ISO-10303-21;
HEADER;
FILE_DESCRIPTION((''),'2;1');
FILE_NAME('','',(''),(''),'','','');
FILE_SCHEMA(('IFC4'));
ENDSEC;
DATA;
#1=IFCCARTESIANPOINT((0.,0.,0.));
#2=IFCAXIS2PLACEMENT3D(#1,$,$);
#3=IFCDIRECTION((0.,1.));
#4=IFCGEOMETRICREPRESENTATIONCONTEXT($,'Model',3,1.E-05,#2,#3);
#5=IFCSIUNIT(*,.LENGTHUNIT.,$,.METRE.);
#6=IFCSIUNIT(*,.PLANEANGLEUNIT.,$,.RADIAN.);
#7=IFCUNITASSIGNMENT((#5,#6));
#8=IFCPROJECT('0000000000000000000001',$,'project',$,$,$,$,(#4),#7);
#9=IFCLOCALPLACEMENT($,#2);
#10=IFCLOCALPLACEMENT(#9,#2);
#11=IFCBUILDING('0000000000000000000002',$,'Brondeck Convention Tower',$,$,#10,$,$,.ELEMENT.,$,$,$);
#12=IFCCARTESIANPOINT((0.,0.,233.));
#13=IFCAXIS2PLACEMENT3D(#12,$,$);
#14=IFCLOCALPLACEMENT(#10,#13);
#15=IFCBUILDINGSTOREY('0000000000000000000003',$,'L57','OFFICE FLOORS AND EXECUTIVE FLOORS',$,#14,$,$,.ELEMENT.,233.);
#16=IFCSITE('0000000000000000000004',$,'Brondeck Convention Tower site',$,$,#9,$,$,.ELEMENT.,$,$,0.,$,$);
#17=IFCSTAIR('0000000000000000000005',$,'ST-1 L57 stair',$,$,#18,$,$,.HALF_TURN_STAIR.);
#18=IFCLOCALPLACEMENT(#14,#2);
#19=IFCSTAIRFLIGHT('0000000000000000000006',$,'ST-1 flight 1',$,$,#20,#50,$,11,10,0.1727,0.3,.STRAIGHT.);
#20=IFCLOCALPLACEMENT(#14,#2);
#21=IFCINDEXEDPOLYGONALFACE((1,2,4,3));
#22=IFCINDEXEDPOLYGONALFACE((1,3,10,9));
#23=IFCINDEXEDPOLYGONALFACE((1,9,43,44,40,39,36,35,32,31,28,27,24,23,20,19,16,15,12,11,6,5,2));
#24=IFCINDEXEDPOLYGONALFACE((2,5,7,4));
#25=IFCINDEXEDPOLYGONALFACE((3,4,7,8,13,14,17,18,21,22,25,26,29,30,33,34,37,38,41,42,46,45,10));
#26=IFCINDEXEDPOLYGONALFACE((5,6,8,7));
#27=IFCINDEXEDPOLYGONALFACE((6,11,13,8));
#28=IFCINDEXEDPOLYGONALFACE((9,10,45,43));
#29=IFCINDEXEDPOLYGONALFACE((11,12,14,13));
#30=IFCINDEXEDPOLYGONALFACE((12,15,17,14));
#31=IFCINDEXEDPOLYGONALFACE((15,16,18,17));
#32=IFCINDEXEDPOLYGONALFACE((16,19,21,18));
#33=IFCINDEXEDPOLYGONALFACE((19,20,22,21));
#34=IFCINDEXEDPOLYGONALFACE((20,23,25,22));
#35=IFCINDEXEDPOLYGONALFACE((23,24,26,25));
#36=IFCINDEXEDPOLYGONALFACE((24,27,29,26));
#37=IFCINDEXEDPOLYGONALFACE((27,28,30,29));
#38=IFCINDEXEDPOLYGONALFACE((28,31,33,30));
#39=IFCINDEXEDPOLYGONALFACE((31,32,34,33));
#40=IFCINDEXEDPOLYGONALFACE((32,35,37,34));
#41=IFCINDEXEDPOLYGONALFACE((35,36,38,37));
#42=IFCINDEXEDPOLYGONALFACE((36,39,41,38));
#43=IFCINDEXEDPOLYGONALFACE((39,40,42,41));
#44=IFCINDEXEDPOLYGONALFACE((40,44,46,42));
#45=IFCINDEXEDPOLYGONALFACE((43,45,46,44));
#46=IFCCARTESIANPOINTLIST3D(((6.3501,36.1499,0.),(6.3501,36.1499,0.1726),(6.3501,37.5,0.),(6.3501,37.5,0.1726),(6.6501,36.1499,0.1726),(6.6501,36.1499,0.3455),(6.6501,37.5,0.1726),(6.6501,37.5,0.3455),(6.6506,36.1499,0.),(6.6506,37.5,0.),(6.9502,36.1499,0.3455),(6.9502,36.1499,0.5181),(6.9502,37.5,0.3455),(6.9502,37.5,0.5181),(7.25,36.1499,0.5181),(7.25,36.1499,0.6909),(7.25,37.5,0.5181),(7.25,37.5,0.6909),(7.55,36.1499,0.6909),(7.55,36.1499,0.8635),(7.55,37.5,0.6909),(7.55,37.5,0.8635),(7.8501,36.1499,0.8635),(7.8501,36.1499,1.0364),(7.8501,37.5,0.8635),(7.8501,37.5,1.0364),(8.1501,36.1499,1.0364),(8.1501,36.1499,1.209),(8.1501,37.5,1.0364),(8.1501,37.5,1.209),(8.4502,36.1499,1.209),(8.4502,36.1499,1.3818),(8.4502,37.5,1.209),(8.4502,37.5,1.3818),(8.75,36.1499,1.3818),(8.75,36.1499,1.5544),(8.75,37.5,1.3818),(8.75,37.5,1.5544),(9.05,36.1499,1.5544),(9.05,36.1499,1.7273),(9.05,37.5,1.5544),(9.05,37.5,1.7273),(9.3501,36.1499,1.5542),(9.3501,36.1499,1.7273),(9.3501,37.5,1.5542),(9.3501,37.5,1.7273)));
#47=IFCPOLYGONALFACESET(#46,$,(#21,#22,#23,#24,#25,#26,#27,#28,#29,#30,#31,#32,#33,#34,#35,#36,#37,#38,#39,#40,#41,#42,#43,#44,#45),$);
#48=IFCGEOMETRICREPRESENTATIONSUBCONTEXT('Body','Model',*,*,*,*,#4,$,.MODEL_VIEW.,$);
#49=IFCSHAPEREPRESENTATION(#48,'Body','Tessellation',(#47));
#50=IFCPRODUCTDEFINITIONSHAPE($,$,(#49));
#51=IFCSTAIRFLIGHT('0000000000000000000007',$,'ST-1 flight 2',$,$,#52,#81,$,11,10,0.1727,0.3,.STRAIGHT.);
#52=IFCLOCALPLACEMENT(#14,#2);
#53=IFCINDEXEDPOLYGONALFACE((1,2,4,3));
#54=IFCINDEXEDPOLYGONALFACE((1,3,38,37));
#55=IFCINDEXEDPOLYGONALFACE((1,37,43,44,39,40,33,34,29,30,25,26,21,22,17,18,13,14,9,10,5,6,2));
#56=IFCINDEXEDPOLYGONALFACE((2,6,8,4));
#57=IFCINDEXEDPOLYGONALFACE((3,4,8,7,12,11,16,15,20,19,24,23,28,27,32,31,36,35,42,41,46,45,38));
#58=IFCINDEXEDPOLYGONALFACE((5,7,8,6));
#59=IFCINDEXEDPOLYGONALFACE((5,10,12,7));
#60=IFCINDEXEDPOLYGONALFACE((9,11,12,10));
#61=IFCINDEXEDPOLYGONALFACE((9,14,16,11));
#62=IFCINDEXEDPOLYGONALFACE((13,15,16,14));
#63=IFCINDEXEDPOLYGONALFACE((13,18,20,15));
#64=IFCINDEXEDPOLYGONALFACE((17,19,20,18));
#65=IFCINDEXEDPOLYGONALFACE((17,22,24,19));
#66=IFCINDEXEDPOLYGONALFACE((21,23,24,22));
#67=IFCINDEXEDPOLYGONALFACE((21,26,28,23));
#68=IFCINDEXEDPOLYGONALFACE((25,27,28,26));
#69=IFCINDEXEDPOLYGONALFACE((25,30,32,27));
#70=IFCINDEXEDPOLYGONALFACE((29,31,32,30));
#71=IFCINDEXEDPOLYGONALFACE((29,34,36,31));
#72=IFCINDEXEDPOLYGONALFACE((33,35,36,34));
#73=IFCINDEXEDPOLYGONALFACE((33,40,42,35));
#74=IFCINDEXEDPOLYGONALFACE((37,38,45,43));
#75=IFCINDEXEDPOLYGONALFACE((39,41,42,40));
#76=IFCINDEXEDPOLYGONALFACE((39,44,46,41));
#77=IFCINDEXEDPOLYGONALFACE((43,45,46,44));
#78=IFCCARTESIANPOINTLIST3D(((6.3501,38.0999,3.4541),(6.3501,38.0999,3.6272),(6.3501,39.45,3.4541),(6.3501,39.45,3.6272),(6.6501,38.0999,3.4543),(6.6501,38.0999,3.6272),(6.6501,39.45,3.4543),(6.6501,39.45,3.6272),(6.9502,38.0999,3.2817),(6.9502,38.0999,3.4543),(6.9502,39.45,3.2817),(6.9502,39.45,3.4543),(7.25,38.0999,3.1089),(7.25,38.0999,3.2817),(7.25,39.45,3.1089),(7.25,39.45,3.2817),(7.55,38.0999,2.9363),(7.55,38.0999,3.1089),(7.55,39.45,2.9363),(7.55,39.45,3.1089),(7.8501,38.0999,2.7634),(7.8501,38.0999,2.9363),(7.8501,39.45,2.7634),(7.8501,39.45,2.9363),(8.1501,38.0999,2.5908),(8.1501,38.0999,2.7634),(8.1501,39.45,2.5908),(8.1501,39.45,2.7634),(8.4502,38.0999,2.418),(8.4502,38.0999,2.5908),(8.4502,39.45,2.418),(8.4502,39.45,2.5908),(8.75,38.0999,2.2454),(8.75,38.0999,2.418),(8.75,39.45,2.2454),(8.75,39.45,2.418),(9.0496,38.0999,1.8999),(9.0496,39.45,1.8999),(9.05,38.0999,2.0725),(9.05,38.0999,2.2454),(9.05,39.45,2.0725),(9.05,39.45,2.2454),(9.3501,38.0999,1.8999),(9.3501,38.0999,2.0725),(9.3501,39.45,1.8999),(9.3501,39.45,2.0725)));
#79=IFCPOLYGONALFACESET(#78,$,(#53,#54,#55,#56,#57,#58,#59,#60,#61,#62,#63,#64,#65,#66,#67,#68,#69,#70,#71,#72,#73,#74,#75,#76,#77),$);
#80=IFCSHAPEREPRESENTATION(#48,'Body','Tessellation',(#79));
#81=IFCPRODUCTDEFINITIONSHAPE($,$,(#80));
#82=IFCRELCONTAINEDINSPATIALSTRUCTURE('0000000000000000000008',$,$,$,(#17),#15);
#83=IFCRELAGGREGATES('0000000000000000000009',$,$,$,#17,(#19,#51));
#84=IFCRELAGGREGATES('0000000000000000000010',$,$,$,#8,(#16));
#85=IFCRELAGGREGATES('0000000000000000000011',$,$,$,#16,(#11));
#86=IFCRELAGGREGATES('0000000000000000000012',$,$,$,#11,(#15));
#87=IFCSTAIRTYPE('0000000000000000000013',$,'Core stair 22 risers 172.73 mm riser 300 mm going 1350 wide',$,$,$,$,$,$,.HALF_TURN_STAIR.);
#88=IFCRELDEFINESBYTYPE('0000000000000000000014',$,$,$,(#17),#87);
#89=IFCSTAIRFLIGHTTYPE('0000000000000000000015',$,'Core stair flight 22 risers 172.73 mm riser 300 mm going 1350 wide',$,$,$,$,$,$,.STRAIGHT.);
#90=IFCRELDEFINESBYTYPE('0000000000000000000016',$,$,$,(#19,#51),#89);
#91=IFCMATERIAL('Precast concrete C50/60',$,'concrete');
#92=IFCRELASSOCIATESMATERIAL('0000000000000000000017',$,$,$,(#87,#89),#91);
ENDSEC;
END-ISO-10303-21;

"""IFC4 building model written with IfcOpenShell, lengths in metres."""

from ifc_helpers import new_model, si_unit, direction, frame, origin, place, context, subcontext, project, spatial, polyline, outline, extrude, material, type_object, element, aggregate, save


model = new_model("IFC4")

# Units and contexts
model_context = context("Model", 3, precision=1e-05, world=origin(), true_north=direction((0.0, 1.0)))
body_context = subcontext(model_context, "Body", "Model", "MODEL_VIEW")
ifc_project = project(units=[si_unit("LENGTHUNIT", "METRE"), si_unit("PLANEANGLEUNIT", "RADIAN")], contexts=[model_context])

# Site, building, storey
site_placement = place(None, origin())
site = spatial("IfcSite", under=ifc_project, at=site_placement, Name="Brondeck Convention Tower site", CompositionType="ELEMENT", RefElevation=0.0)
building_placement = place(site_placement, origin())
building = spatial("IfcBuilding", under=site, at=building_placement, Name="Brondeck Convention Tower", CompositionType="ELEMENT")
storey_placement = place(building_placement, frame((0.0, 0.0, 233.0)))
storey = spatial("IfcBuildingStorey", under=building, at=storey_placement, Name="L57", Description="OFFICE FLOORS AND EXECUTIVE FLOORS", CompositionType="ELEMENT", Elevation=233.0)

# Stair, stair flights
ifc_material_1 = material(Name="Precast concrete C50/60", Category="concrete")
stair_type = type_object("IfcStairType", Name="Core stair 22 risers 172.73 mm riser 300 mm going 1350 wide", PredefinedType="HALF_TURN_STAIR", material=ifc_material_1)
stair_placement = place(storey_placement, origin())
stair = element("IfcStair", 1, at=stair_placement, inside=storey, type_object=stair_type, Name="ST-1 L57 stair", PredefinedType="HALF_TURN_STAIR")
stair_flight_type = type_object("IfcStairFlightType", Name="Core stair flight 22 risers 172.73 mm riser 300 mm going 1350 wide", PredefinedType="STRAIGHT", material=ifc_material_1)
stair_flight_1_placement = place(storey_placement, frame((6.3501, 36.825, 0.0), z_axis=(0.0, 0.0, 1.0), x_axis=(1.0, 0.0, 0.0)))
stair_flight_1 = element("IfcStairFlight", 2, at=stair_flight_1_placement, type_object=stair_flight_type, Name="ST-1 flight 1", NumberOfRisers=11, NumberOfTreads=10, PredefinedType="STRAIGHT", RiserHeight=0.1727, TreadLength=0.3, context=body_context, shape_type="SweptSolid", body=[
    extrude(outline(polyline([(0.0, 0.0), (0.0, 0.1726), (0.3, 0.1726), (0.3, 0.3455), (0.6001, 0.3455), (0.6001, 0.5181), (0.8999, 0.5181), (0.8999, 0.6909), (1.2, 0.6909), (1.2, 0.8635), (1.5, 0.8635), (1.5, 1.0364), (1.8, 1.0364), (1.8, 1.209), (2.1001, 1.209), (2.1001, 1.3818), (2.3999, 1.3818), (2.3999, 1.5544), (2.7, 1.5544), (2.7, 1.7273), (3.0, 1.7273), (3.0, 1.8999), (3.0, 1.5542), (0.3005, 0.0), (0.0, 0.0)])), frame((0.0, 0.675, 0.0), z_axis=(0.0, -1.0, 0.0), x_axis=(1.0, 0.0, 0.0)), (0.0, 0.0, 1.0), 1.3501),
])
stair_flight_2_placement = place(storey_placement, frame((9.3501, 38.7749, 1.8999), z_axis=(0.0, 0.0, 1.0), x_axis=(-1.0, 0.0, 0.0)))
stair_flight_2 = element("IfcStairFlight", 3, at=stair_flight_2_placement, type_object=stair_flight_type, Name="ST-1 flight 2", NumberOfRisers=11, NumberOfTreads=10, PredefinedType="STRAIGHT", RiserHeight=0.1727, TreadLength=0.3, context=body_context, shape_type="SweptSolid", body=[
    extrude(outline(polyline([(0.0, 0.0), (0.0, 0.1726), (0.3, 0.1726), (0.3, 0.3455), (0.6001, 0.3455), (0.6001, 0.5181), (0.8999, 0.5181), (0.8999, 0.6909), (1.2, 0.6909), (1.2, 0.8635), (1.5, 0.8635), (1.5, 1.0364), (1.8, 1.0364), (1.8, 1.209), (2.1001, 1.209), (2.1001, 1.3818), (2.3999, 1.3818), (2.3999, 1.5544), (2.7, 1.5544), (2.7, 1.7273), (3.0, 1.7273), (3.0, 1.8999), (3.0, 1.5542), (0.3005, 0.0), (0.0, 0.0)])), frame((0.0, 0.675, 0.0), z_axis=(0.0, -1.0, 0.0), x_axis=(1.0, 0.0, 0.0)), (0.0, 0.0, 1.0), 1.3501),
])
aggregate(stair, [stair_flight_1, stair_flight_2])

save(model, "model.ifc")
